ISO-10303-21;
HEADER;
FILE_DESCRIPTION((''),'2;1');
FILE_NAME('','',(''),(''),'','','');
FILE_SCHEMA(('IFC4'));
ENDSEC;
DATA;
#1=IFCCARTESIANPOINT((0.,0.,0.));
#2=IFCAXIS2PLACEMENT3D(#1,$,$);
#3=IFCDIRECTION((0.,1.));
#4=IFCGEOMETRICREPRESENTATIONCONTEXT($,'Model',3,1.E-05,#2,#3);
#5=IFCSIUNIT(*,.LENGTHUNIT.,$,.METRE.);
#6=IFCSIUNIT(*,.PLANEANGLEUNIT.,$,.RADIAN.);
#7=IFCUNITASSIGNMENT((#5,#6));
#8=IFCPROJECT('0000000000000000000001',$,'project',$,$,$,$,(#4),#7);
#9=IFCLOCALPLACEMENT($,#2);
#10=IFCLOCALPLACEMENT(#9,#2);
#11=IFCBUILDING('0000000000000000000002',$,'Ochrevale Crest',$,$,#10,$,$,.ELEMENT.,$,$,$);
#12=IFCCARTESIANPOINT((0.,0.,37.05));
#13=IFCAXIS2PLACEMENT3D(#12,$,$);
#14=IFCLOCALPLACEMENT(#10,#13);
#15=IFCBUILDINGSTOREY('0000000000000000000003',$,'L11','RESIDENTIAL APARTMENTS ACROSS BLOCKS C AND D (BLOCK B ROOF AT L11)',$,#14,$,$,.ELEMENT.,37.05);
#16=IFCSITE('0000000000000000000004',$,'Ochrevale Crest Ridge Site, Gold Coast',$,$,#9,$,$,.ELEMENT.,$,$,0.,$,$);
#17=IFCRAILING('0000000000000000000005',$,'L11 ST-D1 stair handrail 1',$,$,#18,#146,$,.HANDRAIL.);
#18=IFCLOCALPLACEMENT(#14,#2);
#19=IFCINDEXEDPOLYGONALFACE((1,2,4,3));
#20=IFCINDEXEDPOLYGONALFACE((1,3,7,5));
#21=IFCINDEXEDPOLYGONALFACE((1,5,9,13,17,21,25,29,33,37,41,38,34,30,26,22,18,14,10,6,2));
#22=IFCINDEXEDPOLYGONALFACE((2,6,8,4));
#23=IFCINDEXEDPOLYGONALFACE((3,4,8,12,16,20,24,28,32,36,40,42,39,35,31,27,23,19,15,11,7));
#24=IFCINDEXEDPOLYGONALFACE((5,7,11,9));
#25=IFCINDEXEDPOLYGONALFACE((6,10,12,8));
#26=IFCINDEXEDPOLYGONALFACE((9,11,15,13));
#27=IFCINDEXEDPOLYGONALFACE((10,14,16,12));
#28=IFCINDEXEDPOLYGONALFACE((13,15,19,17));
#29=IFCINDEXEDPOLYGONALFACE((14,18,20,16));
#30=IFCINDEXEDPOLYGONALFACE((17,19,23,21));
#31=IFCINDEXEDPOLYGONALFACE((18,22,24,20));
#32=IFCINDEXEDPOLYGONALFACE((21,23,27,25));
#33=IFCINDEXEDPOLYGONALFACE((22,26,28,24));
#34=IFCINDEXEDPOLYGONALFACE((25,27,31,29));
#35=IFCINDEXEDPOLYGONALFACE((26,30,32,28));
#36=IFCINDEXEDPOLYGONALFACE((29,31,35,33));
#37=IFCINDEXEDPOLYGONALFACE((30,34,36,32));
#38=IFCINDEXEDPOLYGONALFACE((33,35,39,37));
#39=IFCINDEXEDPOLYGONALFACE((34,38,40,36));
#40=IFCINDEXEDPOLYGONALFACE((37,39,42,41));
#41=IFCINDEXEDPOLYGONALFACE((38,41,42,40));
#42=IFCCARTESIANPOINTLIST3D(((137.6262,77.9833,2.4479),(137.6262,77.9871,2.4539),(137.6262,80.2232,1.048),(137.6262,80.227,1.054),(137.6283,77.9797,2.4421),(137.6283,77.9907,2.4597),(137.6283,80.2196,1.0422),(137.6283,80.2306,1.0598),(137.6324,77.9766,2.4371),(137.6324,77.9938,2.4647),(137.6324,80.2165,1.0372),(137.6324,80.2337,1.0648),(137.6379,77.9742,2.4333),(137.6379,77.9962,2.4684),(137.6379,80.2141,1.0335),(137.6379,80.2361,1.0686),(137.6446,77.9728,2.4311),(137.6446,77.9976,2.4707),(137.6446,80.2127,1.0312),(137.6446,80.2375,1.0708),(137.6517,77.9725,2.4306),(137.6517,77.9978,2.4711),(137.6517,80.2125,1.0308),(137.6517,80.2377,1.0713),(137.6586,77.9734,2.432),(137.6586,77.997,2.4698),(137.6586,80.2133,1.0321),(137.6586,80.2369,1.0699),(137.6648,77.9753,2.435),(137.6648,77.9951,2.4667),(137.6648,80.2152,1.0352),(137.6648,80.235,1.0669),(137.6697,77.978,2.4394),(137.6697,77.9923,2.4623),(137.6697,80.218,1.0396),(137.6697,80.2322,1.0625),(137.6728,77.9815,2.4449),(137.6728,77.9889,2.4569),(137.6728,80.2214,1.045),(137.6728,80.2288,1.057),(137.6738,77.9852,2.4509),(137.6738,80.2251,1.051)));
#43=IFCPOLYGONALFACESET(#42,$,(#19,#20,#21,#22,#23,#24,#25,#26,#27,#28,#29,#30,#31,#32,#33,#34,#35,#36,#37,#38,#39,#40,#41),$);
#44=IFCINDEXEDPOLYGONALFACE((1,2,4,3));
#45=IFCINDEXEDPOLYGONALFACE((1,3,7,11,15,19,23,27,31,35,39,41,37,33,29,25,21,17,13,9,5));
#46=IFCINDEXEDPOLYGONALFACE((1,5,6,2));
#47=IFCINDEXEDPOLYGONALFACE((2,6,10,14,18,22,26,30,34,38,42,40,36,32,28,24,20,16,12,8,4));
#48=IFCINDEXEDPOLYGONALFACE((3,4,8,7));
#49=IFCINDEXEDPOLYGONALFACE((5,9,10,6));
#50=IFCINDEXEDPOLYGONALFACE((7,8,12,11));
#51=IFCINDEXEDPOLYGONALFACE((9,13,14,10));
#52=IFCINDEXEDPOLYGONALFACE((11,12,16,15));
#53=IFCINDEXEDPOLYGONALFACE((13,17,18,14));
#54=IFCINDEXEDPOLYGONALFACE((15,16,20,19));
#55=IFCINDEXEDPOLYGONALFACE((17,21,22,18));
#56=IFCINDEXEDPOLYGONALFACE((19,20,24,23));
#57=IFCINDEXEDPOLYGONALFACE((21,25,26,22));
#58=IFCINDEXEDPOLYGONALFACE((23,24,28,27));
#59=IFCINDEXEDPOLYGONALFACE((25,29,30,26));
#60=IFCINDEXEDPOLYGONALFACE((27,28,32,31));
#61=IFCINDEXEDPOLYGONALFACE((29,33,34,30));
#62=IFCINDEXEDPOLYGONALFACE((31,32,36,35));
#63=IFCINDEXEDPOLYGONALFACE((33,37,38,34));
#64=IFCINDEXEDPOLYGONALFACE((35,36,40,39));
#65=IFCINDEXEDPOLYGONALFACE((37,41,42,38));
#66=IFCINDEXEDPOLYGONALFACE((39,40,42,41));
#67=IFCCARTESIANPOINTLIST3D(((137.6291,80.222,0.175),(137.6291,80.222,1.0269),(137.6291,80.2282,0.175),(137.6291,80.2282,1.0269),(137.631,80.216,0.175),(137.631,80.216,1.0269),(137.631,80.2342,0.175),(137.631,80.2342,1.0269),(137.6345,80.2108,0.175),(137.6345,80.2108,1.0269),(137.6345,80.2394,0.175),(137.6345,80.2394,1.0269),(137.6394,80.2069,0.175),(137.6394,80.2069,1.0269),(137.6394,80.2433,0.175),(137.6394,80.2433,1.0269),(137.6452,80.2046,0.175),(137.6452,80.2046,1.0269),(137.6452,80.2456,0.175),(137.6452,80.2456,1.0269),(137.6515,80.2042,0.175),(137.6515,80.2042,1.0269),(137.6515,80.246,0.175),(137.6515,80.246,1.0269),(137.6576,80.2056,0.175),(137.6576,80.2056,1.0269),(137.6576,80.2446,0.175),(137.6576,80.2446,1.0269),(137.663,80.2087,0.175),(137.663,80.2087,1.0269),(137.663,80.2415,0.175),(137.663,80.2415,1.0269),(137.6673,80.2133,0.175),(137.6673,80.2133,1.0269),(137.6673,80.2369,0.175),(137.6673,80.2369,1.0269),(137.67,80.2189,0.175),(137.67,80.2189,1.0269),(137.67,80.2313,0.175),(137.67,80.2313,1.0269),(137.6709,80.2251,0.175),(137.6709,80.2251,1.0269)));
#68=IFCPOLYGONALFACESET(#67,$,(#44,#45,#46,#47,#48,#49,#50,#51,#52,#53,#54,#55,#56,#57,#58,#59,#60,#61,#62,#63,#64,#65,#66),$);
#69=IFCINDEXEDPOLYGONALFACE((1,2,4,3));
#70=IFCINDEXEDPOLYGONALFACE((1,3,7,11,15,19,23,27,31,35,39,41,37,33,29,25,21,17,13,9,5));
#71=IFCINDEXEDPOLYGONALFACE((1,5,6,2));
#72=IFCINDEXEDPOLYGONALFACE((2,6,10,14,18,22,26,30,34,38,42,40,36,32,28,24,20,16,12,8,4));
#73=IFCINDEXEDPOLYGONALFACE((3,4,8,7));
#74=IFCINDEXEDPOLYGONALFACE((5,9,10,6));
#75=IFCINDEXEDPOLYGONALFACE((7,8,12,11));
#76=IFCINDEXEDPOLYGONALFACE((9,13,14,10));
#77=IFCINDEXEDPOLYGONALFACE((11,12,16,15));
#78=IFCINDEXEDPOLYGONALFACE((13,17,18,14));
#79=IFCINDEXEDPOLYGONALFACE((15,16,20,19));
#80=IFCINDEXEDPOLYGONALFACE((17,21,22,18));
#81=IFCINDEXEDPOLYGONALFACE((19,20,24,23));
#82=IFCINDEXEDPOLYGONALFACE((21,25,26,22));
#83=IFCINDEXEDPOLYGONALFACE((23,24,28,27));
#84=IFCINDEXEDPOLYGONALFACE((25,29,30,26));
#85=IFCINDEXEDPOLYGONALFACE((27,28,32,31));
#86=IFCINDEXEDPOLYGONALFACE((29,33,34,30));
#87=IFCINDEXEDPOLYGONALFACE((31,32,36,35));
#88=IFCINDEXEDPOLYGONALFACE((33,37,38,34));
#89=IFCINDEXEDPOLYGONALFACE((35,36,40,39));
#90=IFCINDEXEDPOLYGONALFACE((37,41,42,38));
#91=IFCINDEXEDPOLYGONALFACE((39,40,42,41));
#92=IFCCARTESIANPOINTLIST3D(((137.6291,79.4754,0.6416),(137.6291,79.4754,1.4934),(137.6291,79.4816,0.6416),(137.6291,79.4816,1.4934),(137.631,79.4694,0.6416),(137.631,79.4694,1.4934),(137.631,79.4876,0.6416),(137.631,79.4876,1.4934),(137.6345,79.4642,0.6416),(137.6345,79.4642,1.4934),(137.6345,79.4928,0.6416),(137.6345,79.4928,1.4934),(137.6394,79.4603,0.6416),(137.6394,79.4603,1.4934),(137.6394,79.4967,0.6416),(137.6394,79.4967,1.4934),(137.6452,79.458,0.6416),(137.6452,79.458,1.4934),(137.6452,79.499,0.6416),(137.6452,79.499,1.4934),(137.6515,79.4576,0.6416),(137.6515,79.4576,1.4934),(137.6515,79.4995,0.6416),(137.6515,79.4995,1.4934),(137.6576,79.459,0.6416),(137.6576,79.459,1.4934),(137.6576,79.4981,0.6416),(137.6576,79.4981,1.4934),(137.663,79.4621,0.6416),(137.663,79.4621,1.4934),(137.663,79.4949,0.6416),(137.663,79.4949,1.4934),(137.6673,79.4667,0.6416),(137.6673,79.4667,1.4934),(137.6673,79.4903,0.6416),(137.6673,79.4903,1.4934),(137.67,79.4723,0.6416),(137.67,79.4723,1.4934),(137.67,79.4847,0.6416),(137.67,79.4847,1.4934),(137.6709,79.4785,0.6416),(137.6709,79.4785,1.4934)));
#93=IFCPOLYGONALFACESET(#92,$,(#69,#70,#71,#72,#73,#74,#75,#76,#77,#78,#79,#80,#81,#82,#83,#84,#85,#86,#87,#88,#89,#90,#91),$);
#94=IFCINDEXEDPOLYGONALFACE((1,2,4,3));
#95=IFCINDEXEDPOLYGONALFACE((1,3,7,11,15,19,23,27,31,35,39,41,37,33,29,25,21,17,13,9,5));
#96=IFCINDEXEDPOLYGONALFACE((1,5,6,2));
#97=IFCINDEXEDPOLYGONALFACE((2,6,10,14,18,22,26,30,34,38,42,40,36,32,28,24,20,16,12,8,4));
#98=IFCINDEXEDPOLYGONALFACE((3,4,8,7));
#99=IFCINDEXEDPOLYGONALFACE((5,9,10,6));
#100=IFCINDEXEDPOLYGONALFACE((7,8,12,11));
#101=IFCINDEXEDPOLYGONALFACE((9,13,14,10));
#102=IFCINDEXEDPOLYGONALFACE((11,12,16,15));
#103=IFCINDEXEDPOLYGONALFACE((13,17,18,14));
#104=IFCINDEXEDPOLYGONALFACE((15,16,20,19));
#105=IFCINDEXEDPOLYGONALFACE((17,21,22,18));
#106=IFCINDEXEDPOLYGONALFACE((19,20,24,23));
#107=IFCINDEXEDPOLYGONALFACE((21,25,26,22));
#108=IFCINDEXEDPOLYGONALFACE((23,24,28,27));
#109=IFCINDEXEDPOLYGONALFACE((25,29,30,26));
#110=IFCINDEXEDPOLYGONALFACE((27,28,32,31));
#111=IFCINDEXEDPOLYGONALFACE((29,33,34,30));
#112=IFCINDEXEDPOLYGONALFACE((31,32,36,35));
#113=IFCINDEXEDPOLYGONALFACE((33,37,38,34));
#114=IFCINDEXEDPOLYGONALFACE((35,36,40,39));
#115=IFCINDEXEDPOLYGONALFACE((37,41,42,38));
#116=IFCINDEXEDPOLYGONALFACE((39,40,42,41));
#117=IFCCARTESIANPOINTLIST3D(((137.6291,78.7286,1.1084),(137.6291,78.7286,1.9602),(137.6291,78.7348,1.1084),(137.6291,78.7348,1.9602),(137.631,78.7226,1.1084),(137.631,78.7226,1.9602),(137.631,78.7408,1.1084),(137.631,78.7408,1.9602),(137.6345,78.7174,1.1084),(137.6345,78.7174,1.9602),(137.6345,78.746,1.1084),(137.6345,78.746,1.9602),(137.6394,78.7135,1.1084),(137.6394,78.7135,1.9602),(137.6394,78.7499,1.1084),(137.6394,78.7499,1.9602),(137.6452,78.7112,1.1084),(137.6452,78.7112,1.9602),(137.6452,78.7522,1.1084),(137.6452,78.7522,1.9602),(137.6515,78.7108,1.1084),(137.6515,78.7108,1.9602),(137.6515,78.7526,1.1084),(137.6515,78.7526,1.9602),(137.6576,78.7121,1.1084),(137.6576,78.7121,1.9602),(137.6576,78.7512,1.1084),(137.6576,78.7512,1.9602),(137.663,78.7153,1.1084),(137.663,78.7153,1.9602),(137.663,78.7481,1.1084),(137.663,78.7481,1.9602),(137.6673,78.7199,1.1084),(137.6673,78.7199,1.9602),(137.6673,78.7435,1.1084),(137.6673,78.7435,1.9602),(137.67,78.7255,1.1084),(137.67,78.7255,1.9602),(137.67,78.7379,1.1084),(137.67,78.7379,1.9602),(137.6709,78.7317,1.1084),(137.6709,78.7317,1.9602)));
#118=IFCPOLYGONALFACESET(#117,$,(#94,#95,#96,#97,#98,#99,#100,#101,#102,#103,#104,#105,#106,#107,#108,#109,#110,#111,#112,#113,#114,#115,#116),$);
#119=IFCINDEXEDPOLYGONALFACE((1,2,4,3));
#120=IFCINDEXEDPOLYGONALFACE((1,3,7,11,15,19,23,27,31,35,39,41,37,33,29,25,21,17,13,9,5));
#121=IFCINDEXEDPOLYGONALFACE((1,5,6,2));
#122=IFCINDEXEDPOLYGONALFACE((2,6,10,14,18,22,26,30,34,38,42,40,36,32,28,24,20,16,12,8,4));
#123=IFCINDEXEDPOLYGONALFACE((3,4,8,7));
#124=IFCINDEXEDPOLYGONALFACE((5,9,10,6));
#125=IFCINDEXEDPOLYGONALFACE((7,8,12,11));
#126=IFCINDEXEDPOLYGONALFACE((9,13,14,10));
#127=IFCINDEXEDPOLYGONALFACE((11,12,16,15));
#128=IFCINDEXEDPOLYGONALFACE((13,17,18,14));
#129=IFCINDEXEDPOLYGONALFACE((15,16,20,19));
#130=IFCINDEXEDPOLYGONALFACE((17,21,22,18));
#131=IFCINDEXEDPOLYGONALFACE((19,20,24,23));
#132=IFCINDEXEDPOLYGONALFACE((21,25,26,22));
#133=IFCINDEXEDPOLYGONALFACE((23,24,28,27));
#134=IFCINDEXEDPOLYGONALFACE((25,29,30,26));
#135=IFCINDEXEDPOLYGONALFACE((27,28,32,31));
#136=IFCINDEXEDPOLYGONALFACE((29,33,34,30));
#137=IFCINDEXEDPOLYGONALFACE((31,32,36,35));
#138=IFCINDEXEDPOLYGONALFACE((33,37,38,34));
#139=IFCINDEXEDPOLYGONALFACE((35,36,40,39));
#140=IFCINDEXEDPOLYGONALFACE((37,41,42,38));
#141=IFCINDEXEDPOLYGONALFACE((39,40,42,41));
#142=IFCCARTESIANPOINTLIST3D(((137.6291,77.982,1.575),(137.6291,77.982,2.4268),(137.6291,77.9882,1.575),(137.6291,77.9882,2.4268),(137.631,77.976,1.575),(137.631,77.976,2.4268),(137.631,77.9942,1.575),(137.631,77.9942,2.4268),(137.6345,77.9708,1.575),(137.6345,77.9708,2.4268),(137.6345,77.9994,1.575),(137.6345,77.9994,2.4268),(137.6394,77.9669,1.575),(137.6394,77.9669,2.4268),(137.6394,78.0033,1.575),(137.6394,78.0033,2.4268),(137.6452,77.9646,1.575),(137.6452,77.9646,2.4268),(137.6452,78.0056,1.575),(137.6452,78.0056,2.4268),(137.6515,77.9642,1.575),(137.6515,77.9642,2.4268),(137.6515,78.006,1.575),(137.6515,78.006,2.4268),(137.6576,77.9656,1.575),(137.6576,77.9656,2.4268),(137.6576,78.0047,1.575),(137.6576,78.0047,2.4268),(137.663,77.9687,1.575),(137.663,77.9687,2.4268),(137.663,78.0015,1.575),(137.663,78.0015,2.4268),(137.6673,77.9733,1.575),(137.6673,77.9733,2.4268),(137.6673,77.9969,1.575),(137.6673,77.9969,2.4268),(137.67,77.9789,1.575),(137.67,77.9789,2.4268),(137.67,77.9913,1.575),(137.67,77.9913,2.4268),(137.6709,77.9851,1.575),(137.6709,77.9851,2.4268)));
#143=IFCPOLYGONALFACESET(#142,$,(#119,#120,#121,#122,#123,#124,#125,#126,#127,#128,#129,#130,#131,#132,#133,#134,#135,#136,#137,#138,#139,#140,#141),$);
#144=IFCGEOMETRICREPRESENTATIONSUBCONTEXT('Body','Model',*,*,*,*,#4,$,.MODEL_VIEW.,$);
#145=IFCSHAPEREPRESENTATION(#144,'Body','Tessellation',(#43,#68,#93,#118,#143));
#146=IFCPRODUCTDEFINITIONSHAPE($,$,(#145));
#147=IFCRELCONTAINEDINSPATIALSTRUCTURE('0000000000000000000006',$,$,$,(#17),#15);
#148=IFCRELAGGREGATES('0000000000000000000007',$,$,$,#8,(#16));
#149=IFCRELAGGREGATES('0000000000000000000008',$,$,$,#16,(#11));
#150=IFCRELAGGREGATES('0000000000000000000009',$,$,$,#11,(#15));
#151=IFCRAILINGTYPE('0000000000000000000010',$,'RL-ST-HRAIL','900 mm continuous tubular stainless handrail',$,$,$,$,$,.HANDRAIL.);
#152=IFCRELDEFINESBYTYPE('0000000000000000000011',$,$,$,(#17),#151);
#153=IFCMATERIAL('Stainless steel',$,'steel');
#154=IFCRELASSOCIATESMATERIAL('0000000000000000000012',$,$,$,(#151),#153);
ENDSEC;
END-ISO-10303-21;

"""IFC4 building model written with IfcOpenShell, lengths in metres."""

from ifc_helpers import new_model, si_unit, direction, frame, origin, origin_2d, place, context, subcontext, project, spatial, circle, extrude, material, type_object, element, save


model = new_model("IFC4")

# Units and contexts
model_context = context("Model", 3, precision=1e-05, world=origin(), true_north=direction((0.0, 1.0)))
body_context = subcontext(model_context, "Body", "Model", "MODEL_VIEW")
ifc_project = project(units=[si_unit("LENGTHUNIT", "METRE"), si_unit("PLANEANGLEUNIT", "RADIAN")], contexts=[model_context])

# Site, building, storey
site_placement = place(None, origin())
site = spatial("IfcSite", under=ifc_project, at=site_placement, Name="Ochrevale Crest Ridge Site, Gold Coast", CompositionType="ELEMENT", RefElevation=0.0)
building_placement = place(site_placement, origin())
building = spatial("IfcBuilding", under=site, at=building_placement, Name="Ochrevale Crest", CompositionType="ELEMENT")
storey_placement = place(building_placement, frame((0.0, 0.0, 37.05)))
storey = spatial("IfcBuildingStorey", under=building, at=storey_placement, Name="L11", Description="RESIDENTIAL APARTMENTS ACROSS BLOCKS C AND D (BLOCK B ROOF AT L11)", CompositionType="ELEMENT", Elevation=37.05)

# Railing
ifc_material_1 = material(Name="Stainless steel", Category="steel")
railing_type_1 = type_object("IfcRailingType", Name="RL-ST-HRAIL", Description="900 mm continuous tubular stainless handrail", PredefinedType="HANDRAIL", material=ifc_material_1)
railing_1_placement = place(storey_placement, frame((137.6499, 80.2251, 0.175)))
element("IfcRailing", 1, at=railing_1_placement, inside=storey, type_object=railing_type_1, Name="L11 ST-D1 stair handrail 1", PredefinedType="HANDRAIL", context=body_context, shape_type="SweptSolid", body=[
    extrude(circle(Radius=0.0239, at=origin_2d()), frame((0.0, 0.0, 0.876), z_axis=(0.0, -0.848014, 0.529974), x_axis=(1.0, 0.0, 0.0)), (0.0, 0.0, 1.0), 2.6414),
    extrude(circle(Radius=0.021, at=origin_2d()), origin(), (0.0, 0.0, 1.0), 0.8518),
    extrude(circle(Radius=0.021, at=origin_2d()), frame((0.0, -0.7466, 0.4666)), (0.0, 0.0, 1.0), 0.8518),
    extrude(circle(Radius=0.021, at=origin_2d()), frame((0.0, -1.4934, 0.9333)), (0.0, 0.0, 1.0), 0.8518),
    extrude(circle(Radius=0.021, at=origin_2d()), frame((0.0, -2.24, 1.3999)), (0.0, 0.0, 1.0), 0.8518),
])

save(model, "model.ifc")
